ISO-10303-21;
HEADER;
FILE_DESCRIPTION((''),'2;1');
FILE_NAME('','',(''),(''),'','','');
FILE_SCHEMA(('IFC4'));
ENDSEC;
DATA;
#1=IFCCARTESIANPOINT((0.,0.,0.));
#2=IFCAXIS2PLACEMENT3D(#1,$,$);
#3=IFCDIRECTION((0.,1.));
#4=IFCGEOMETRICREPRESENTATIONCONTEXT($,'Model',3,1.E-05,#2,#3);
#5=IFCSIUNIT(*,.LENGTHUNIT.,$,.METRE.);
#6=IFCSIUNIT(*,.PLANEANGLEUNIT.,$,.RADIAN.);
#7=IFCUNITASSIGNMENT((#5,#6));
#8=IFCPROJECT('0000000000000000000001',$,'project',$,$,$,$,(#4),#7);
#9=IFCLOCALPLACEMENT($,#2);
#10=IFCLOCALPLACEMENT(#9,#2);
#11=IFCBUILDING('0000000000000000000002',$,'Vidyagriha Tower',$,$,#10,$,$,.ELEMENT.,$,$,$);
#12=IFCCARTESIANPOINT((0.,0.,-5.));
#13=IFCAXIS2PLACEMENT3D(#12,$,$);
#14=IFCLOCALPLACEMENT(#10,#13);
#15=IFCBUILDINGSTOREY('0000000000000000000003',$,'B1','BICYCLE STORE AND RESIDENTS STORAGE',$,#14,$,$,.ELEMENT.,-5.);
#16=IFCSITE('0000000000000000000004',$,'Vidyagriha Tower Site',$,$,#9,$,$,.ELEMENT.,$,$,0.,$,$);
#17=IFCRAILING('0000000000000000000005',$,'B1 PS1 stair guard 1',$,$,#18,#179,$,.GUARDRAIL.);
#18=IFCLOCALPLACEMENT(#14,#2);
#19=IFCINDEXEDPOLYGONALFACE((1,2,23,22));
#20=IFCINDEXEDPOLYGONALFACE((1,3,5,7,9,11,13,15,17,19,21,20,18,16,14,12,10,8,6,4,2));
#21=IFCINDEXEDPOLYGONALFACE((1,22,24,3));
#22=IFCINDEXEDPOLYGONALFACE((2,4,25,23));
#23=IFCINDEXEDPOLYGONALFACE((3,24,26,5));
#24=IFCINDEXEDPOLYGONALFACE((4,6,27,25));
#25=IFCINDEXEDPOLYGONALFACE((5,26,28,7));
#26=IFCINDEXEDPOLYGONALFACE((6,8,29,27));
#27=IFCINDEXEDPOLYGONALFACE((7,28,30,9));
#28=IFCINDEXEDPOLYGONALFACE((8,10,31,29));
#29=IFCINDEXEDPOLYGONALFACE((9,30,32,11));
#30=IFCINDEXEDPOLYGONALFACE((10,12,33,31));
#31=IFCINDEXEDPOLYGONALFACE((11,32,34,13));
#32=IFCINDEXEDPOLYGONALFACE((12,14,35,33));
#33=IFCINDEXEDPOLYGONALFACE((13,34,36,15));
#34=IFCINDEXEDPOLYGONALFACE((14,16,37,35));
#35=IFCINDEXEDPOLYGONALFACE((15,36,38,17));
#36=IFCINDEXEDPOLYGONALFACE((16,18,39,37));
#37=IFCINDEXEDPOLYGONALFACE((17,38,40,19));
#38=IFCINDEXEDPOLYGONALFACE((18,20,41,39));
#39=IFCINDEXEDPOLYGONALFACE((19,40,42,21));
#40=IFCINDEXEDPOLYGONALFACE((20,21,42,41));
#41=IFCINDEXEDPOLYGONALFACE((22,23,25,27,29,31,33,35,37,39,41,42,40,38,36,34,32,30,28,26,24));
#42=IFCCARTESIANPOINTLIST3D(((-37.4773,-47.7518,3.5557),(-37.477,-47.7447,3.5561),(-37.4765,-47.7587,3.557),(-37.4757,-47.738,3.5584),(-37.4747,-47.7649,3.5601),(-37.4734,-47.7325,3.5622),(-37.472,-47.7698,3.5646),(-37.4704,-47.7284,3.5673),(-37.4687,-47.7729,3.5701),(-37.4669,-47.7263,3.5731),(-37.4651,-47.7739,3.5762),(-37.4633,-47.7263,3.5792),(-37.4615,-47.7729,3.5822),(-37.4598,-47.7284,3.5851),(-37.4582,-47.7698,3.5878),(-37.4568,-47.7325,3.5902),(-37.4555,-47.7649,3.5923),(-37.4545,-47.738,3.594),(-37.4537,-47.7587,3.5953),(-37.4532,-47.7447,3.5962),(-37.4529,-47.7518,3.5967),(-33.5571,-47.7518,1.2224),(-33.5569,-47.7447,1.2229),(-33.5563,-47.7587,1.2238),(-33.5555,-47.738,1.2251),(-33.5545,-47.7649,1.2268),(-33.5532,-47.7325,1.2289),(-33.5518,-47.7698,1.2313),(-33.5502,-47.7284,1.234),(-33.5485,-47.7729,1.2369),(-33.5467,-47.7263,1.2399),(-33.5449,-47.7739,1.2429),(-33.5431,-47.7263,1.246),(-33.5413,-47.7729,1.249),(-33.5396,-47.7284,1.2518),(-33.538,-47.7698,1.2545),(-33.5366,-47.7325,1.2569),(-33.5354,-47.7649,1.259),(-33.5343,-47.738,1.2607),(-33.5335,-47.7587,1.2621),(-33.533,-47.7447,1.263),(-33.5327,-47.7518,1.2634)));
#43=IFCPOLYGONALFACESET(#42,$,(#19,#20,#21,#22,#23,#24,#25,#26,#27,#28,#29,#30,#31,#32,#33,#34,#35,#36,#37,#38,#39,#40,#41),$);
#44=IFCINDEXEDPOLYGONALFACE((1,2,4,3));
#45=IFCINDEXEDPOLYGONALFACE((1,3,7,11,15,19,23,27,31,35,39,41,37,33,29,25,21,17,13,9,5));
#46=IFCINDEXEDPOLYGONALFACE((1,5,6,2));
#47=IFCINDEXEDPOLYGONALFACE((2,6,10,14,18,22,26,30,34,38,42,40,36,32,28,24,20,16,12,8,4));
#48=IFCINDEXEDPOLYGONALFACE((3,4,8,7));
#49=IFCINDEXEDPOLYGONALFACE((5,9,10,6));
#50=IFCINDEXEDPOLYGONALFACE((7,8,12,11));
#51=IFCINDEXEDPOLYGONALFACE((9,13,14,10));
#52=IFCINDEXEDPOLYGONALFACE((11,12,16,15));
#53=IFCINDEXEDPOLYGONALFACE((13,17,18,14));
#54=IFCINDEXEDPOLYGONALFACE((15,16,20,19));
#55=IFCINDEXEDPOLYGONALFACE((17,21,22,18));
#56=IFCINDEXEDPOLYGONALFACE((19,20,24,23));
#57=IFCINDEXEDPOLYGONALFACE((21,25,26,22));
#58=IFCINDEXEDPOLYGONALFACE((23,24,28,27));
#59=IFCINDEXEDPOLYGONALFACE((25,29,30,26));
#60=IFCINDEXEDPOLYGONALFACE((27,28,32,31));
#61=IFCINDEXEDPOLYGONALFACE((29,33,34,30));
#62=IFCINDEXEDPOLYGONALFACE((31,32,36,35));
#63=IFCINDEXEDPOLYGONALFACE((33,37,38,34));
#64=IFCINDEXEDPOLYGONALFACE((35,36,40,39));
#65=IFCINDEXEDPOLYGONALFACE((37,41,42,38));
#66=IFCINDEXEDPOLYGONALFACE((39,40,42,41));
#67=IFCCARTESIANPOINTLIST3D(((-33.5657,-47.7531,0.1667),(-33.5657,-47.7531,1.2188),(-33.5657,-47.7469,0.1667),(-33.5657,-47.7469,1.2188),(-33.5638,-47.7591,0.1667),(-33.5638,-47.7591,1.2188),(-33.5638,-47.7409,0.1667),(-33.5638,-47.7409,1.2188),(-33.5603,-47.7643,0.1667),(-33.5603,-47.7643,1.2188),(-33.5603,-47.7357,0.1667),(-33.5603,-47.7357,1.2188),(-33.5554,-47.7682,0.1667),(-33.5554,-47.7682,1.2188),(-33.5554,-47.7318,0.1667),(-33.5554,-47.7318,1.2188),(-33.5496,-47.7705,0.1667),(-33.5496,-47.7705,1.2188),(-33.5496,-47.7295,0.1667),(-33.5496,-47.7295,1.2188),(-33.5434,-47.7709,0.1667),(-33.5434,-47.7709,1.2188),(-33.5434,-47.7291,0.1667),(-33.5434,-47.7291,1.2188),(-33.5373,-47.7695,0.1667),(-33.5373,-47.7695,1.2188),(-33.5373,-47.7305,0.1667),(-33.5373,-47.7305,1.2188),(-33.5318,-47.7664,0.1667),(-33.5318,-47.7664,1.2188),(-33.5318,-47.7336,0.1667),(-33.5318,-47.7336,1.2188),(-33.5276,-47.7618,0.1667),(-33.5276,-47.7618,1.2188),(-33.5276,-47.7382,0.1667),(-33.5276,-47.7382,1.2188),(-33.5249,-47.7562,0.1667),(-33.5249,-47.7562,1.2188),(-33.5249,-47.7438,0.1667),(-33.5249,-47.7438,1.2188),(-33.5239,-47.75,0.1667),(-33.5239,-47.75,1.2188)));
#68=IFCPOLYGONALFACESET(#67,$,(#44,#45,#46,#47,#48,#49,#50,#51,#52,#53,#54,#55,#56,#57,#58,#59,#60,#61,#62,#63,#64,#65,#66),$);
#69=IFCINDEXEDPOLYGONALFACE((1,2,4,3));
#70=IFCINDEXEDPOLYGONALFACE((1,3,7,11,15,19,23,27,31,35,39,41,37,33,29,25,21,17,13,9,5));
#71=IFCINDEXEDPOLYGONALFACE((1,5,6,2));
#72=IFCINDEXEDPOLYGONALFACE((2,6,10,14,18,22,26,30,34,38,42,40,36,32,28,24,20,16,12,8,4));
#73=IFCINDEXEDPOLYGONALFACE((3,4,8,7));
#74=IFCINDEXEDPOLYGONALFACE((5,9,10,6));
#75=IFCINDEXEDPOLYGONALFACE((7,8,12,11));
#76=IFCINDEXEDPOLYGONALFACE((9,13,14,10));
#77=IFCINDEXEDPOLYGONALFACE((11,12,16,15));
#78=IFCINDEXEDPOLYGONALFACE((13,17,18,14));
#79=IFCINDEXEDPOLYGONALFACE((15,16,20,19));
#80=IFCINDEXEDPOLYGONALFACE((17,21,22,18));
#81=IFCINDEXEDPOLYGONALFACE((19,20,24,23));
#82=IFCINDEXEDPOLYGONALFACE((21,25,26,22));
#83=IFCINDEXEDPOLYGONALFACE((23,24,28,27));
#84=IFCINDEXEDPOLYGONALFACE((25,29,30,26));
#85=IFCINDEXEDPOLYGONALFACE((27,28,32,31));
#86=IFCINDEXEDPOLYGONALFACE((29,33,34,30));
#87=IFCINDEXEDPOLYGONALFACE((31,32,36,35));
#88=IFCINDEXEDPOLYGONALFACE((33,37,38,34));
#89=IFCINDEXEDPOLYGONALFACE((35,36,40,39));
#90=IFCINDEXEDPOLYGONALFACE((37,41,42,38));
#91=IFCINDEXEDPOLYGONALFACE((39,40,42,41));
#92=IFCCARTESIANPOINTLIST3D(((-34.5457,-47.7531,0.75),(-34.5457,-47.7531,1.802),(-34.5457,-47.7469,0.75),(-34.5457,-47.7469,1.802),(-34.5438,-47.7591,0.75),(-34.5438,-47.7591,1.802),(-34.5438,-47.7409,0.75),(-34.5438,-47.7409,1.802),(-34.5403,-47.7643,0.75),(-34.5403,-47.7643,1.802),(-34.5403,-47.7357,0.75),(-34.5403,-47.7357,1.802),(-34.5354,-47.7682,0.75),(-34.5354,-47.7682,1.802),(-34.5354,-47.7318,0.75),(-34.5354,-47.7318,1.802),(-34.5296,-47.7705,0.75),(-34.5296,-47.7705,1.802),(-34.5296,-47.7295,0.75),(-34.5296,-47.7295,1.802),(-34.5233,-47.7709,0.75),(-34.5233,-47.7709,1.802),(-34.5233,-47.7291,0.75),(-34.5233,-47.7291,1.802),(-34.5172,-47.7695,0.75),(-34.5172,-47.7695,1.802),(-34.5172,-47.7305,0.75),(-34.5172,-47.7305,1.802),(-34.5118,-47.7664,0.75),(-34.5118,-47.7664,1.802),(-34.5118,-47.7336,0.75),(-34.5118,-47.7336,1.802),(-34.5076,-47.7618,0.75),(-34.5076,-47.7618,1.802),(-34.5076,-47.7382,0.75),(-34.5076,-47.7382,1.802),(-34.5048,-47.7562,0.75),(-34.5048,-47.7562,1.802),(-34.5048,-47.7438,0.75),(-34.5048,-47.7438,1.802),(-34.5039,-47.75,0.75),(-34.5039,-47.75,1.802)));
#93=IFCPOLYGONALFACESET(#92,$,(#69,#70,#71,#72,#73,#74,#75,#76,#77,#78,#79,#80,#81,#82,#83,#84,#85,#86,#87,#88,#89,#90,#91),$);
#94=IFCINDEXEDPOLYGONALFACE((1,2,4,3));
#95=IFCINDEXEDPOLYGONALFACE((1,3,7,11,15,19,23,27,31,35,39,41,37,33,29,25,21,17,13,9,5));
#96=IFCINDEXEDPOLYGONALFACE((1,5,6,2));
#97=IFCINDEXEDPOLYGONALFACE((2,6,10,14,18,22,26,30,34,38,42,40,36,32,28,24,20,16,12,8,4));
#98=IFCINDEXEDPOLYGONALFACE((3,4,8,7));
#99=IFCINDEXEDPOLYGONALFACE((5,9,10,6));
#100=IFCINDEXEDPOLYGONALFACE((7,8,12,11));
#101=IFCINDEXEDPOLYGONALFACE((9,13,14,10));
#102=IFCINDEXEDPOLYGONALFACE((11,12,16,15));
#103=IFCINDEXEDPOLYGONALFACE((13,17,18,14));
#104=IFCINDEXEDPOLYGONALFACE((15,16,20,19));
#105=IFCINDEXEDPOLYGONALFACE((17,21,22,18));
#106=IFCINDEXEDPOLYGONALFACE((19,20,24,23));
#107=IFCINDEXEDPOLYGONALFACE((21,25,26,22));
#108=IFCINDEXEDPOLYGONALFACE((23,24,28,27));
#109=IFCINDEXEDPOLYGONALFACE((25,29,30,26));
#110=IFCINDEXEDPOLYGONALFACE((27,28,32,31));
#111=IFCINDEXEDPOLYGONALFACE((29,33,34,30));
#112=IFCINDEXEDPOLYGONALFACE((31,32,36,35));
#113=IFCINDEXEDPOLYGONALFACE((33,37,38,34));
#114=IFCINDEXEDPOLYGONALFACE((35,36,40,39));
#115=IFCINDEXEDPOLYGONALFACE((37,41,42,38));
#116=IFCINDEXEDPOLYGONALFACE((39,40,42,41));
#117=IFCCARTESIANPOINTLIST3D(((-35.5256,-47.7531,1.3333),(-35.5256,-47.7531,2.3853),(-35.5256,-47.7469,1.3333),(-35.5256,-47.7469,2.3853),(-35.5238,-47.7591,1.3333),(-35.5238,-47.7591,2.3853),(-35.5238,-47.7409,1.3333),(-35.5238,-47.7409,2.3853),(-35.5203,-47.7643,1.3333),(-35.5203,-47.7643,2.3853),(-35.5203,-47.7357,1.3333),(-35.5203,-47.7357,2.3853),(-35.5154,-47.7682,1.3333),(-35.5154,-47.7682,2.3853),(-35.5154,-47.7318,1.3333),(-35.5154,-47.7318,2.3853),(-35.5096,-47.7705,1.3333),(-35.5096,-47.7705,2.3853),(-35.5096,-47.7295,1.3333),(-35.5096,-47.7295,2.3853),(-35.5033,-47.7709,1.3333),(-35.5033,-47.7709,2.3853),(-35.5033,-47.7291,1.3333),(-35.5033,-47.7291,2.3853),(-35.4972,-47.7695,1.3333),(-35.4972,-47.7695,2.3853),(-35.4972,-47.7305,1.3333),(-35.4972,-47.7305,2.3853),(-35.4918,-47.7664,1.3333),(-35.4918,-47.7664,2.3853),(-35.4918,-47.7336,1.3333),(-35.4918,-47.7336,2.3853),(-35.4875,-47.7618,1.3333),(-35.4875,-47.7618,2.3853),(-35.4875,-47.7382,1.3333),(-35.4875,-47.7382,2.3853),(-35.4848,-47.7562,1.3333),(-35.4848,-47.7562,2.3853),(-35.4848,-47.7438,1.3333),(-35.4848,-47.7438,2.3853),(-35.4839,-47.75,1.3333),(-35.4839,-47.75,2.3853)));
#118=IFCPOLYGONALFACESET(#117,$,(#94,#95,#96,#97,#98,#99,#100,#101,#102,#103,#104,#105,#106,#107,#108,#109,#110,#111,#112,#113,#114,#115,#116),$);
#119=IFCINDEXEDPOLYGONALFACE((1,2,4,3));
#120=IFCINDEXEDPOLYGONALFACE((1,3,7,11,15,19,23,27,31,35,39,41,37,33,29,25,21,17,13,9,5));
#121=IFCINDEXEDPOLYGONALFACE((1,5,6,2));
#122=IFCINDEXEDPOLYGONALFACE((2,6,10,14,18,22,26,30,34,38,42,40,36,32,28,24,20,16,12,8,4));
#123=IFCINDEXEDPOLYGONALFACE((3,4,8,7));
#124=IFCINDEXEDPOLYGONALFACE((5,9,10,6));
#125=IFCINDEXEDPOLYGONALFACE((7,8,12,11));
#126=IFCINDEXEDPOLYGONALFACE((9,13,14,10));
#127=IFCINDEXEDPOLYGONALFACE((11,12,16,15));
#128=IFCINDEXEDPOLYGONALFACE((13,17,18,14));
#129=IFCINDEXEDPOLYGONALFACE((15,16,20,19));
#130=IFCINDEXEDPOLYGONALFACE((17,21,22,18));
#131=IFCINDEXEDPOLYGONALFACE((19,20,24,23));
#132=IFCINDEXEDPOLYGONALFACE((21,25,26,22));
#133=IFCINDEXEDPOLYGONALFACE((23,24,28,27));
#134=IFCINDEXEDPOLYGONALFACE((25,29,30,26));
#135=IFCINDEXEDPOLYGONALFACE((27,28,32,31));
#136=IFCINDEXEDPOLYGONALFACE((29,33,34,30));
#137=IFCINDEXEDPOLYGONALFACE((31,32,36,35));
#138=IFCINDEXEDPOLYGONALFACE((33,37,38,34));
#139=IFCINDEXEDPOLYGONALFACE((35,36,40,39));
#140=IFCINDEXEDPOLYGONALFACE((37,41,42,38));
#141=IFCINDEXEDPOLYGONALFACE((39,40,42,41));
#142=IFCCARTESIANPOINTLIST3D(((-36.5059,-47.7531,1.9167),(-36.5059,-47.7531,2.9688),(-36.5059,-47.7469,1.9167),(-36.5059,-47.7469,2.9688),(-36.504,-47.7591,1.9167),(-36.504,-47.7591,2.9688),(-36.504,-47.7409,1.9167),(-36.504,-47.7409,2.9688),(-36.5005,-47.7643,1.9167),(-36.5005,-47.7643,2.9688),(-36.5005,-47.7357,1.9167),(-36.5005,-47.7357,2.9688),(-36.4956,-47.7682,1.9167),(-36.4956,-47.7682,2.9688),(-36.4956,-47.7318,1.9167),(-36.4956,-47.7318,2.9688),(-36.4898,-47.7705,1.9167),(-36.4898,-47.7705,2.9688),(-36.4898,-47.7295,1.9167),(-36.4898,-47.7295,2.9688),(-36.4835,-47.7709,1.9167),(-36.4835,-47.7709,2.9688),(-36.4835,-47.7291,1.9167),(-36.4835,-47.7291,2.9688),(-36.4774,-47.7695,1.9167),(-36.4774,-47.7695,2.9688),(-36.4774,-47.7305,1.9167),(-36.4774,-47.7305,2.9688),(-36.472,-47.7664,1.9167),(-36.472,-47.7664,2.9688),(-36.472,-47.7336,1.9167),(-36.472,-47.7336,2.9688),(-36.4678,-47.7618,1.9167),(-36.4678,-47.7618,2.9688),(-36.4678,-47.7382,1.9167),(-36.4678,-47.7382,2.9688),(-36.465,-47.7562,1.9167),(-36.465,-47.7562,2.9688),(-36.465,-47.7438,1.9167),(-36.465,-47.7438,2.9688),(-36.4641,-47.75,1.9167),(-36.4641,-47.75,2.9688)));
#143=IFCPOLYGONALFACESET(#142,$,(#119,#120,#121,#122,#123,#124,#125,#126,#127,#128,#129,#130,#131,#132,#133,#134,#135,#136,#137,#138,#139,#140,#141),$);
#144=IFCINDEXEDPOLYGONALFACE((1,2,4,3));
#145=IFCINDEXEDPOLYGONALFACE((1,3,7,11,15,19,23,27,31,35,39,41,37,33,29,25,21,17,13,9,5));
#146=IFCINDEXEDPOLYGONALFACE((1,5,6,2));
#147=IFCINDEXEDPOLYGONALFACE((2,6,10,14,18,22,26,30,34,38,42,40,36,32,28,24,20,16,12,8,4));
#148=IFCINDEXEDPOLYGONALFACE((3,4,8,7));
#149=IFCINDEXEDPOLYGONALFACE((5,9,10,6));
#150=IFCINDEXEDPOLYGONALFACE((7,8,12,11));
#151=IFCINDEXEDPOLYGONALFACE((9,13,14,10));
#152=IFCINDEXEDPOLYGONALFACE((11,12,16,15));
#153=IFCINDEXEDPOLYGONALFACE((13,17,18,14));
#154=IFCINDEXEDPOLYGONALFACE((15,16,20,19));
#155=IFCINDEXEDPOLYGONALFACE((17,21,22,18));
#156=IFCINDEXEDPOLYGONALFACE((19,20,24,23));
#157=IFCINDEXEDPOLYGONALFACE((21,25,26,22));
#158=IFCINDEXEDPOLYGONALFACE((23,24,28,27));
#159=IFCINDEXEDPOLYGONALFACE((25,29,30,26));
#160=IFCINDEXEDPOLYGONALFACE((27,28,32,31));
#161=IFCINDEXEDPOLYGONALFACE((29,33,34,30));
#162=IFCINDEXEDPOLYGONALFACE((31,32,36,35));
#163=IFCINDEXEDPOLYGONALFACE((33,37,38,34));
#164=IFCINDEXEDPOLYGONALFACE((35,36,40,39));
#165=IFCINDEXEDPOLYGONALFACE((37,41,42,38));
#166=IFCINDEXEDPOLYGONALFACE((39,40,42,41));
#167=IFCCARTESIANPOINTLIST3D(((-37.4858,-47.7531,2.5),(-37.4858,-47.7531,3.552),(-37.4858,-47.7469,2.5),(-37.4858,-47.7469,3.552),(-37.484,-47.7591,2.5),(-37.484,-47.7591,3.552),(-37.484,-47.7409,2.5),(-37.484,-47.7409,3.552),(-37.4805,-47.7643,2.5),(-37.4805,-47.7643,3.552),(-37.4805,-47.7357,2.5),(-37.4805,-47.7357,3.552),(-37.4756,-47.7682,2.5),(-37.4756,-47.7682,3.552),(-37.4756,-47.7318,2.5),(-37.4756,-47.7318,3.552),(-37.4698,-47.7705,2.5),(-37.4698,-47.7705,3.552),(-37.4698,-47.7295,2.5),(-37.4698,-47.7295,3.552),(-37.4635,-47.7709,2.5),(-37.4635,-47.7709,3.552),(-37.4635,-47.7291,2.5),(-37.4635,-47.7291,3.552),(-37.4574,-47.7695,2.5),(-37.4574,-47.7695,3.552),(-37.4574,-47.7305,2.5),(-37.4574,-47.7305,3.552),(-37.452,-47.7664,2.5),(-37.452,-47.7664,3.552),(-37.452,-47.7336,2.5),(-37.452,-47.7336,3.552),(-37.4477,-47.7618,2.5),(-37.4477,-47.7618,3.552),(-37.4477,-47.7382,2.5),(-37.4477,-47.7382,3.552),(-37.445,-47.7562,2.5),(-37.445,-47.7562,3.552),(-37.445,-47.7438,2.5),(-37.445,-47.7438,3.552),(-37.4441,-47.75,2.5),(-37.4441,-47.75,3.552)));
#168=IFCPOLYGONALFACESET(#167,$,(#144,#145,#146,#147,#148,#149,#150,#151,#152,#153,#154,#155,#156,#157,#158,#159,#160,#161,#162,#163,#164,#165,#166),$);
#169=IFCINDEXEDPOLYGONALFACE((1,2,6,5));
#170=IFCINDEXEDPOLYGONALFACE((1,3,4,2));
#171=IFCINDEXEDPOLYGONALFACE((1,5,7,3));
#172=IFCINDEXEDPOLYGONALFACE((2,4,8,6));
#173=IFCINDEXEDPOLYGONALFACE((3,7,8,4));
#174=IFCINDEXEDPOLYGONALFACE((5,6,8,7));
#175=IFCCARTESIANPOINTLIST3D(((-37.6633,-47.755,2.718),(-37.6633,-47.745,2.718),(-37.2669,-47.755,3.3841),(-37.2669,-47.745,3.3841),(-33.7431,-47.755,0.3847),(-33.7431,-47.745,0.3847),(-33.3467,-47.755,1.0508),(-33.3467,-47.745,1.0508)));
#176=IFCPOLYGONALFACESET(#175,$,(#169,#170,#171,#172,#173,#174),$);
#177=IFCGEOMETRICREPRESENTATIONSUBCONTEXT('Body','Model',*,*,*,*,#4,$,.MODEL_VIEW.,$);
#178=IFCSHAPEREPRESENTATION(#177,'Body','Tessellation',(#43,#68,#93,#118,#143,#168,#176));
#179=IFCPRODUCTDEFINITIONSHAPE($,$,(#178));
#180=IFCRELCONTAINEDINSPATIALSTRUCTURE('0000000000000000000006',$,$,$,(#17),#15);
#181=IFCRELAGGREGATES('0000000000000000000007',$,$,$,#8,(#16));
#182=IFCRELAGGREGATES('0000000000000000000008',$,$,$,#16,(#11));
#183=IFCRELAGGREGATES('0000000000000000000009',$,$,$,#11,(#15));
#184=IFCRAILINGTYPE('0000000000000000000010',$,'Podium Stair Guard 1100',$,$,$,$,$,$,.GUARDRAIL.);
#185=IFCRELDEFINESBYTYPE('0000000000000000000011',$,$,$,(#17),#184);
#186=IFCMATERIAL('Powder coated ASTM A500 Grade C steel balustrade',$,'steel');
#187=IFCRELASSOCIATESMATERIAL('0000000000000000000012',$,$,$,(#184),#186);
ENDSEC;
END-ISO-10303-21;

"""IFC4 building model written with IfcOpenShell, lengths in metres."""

from ifc_helpers import new_model, si_unit, direction, frame, origin, origin_2d, place, context, subcontext, project, spatial, rectangle, circle, extrude, material, type_object, element, save


model = new_model("IFC4")

# Units and contexts
model_context = context("Model", 3, precision=1e-05, world=origin(), true_north=direction((0.0, 1.0)))
body_context = subcontext(model_context, "Body", "Model", "MODEL_VIEW")
ifc_project = project(units=[si_unit("LENGTHUNIT", "METRE"), si_unit("PLANEANGLEUNIT", "RADIAN")], contexts=[model_context])

# Site, building, storey
site_placement = place(None, origin())
site = spatial("IfcSite", under=ifc_project, at=site_placement, Name="Vidyagriha Tower Site", CompositionType="ELEMENT", RefElevation=0.0)
building_placement = place(site_placement, origin())
building = spatial("IfcBuilding", under=site, at=building_placement, Name="Vidyagriha Tower", CompositionType="ELEMENT")
storey_placement = place(building_placement, frame((0.0, 0.0, -5.0)))
storey = spatial("IfcBuildingStorey", under=building, at=storey_placement, Name="B1", Description="BICYCLE STORE AND RESIDENTS STORAGE", CompositionType="ELEMENT", Elevation=-5.0)

# Railing
ifc_material_1 = material(Name="Powder coated ASTM A500 Grade C steel balustrade", Category="steel")
railing_type_1 = type_object("IfcRailingType", Name="Podium Stair Guard 1100", PredefinedType="GUARDRAIL", material=ifc_material_1)
railing_1_placement = place(storey_placement, frame((-33.5449, -47.75, 0.1667)))
element("IfcRailing", 1, at=railing_1_placement, inside=storey, type_object=railing_type_1, Name="B1 PS1 stair guard 1", PredefinedType="GUARDRAIL", context=body_context, shape_type="SweptSolid", body=[
    extrude(circle(Radius=0.0239, at=origin_2d()), frame((0.0, 0.0, 1.0762), z_axis=(-0.85931, 0.0, 0.511455), x_axis=(0.0, -1.0, 0.0)), (0.0, 0.0, 1.0), 4.562),
    extrude(circle(Radius=0.021, at=origin_2d()), origin(), (0.0, 0.0, 1.0), 1.052),
    extrude(circle(Radius=0.021, at=origin_2d()), frame((-0.98, 0.0, 0.5833)), (0.0, 0.0, 1.0), 1.052),
    extrude(circle(Radius=0.021, at=origin_2d()), frame((-1.96, 0.0, 1.1665)), (0.0, 0.0, 1.0), 1.052),
    extrude(circle(Radius=0.021, at=origin_2d()), frame((-2.9402, 0.0, 1.75)), (0.0, 0.0, 1.0), 1.052),
    extrude(circle(Radius=0.021, at=origin_2d()), frame((-3.9202, 0.0, 2.3333)), (0.0, 0.0, 1.0), 1.052),
    extrude(rectangle(XDim=0.01, YDim=0.7751, at=origin_2d()), frame((0.0, 0.0, 0.551), z_axis=(-0.85931, 0.0, 0.511455), x_axis=(0.0, -1.0, 0.0)), (0.0, 0.0, 1.0), 4.562),
])

save(model, "model.ifc")
